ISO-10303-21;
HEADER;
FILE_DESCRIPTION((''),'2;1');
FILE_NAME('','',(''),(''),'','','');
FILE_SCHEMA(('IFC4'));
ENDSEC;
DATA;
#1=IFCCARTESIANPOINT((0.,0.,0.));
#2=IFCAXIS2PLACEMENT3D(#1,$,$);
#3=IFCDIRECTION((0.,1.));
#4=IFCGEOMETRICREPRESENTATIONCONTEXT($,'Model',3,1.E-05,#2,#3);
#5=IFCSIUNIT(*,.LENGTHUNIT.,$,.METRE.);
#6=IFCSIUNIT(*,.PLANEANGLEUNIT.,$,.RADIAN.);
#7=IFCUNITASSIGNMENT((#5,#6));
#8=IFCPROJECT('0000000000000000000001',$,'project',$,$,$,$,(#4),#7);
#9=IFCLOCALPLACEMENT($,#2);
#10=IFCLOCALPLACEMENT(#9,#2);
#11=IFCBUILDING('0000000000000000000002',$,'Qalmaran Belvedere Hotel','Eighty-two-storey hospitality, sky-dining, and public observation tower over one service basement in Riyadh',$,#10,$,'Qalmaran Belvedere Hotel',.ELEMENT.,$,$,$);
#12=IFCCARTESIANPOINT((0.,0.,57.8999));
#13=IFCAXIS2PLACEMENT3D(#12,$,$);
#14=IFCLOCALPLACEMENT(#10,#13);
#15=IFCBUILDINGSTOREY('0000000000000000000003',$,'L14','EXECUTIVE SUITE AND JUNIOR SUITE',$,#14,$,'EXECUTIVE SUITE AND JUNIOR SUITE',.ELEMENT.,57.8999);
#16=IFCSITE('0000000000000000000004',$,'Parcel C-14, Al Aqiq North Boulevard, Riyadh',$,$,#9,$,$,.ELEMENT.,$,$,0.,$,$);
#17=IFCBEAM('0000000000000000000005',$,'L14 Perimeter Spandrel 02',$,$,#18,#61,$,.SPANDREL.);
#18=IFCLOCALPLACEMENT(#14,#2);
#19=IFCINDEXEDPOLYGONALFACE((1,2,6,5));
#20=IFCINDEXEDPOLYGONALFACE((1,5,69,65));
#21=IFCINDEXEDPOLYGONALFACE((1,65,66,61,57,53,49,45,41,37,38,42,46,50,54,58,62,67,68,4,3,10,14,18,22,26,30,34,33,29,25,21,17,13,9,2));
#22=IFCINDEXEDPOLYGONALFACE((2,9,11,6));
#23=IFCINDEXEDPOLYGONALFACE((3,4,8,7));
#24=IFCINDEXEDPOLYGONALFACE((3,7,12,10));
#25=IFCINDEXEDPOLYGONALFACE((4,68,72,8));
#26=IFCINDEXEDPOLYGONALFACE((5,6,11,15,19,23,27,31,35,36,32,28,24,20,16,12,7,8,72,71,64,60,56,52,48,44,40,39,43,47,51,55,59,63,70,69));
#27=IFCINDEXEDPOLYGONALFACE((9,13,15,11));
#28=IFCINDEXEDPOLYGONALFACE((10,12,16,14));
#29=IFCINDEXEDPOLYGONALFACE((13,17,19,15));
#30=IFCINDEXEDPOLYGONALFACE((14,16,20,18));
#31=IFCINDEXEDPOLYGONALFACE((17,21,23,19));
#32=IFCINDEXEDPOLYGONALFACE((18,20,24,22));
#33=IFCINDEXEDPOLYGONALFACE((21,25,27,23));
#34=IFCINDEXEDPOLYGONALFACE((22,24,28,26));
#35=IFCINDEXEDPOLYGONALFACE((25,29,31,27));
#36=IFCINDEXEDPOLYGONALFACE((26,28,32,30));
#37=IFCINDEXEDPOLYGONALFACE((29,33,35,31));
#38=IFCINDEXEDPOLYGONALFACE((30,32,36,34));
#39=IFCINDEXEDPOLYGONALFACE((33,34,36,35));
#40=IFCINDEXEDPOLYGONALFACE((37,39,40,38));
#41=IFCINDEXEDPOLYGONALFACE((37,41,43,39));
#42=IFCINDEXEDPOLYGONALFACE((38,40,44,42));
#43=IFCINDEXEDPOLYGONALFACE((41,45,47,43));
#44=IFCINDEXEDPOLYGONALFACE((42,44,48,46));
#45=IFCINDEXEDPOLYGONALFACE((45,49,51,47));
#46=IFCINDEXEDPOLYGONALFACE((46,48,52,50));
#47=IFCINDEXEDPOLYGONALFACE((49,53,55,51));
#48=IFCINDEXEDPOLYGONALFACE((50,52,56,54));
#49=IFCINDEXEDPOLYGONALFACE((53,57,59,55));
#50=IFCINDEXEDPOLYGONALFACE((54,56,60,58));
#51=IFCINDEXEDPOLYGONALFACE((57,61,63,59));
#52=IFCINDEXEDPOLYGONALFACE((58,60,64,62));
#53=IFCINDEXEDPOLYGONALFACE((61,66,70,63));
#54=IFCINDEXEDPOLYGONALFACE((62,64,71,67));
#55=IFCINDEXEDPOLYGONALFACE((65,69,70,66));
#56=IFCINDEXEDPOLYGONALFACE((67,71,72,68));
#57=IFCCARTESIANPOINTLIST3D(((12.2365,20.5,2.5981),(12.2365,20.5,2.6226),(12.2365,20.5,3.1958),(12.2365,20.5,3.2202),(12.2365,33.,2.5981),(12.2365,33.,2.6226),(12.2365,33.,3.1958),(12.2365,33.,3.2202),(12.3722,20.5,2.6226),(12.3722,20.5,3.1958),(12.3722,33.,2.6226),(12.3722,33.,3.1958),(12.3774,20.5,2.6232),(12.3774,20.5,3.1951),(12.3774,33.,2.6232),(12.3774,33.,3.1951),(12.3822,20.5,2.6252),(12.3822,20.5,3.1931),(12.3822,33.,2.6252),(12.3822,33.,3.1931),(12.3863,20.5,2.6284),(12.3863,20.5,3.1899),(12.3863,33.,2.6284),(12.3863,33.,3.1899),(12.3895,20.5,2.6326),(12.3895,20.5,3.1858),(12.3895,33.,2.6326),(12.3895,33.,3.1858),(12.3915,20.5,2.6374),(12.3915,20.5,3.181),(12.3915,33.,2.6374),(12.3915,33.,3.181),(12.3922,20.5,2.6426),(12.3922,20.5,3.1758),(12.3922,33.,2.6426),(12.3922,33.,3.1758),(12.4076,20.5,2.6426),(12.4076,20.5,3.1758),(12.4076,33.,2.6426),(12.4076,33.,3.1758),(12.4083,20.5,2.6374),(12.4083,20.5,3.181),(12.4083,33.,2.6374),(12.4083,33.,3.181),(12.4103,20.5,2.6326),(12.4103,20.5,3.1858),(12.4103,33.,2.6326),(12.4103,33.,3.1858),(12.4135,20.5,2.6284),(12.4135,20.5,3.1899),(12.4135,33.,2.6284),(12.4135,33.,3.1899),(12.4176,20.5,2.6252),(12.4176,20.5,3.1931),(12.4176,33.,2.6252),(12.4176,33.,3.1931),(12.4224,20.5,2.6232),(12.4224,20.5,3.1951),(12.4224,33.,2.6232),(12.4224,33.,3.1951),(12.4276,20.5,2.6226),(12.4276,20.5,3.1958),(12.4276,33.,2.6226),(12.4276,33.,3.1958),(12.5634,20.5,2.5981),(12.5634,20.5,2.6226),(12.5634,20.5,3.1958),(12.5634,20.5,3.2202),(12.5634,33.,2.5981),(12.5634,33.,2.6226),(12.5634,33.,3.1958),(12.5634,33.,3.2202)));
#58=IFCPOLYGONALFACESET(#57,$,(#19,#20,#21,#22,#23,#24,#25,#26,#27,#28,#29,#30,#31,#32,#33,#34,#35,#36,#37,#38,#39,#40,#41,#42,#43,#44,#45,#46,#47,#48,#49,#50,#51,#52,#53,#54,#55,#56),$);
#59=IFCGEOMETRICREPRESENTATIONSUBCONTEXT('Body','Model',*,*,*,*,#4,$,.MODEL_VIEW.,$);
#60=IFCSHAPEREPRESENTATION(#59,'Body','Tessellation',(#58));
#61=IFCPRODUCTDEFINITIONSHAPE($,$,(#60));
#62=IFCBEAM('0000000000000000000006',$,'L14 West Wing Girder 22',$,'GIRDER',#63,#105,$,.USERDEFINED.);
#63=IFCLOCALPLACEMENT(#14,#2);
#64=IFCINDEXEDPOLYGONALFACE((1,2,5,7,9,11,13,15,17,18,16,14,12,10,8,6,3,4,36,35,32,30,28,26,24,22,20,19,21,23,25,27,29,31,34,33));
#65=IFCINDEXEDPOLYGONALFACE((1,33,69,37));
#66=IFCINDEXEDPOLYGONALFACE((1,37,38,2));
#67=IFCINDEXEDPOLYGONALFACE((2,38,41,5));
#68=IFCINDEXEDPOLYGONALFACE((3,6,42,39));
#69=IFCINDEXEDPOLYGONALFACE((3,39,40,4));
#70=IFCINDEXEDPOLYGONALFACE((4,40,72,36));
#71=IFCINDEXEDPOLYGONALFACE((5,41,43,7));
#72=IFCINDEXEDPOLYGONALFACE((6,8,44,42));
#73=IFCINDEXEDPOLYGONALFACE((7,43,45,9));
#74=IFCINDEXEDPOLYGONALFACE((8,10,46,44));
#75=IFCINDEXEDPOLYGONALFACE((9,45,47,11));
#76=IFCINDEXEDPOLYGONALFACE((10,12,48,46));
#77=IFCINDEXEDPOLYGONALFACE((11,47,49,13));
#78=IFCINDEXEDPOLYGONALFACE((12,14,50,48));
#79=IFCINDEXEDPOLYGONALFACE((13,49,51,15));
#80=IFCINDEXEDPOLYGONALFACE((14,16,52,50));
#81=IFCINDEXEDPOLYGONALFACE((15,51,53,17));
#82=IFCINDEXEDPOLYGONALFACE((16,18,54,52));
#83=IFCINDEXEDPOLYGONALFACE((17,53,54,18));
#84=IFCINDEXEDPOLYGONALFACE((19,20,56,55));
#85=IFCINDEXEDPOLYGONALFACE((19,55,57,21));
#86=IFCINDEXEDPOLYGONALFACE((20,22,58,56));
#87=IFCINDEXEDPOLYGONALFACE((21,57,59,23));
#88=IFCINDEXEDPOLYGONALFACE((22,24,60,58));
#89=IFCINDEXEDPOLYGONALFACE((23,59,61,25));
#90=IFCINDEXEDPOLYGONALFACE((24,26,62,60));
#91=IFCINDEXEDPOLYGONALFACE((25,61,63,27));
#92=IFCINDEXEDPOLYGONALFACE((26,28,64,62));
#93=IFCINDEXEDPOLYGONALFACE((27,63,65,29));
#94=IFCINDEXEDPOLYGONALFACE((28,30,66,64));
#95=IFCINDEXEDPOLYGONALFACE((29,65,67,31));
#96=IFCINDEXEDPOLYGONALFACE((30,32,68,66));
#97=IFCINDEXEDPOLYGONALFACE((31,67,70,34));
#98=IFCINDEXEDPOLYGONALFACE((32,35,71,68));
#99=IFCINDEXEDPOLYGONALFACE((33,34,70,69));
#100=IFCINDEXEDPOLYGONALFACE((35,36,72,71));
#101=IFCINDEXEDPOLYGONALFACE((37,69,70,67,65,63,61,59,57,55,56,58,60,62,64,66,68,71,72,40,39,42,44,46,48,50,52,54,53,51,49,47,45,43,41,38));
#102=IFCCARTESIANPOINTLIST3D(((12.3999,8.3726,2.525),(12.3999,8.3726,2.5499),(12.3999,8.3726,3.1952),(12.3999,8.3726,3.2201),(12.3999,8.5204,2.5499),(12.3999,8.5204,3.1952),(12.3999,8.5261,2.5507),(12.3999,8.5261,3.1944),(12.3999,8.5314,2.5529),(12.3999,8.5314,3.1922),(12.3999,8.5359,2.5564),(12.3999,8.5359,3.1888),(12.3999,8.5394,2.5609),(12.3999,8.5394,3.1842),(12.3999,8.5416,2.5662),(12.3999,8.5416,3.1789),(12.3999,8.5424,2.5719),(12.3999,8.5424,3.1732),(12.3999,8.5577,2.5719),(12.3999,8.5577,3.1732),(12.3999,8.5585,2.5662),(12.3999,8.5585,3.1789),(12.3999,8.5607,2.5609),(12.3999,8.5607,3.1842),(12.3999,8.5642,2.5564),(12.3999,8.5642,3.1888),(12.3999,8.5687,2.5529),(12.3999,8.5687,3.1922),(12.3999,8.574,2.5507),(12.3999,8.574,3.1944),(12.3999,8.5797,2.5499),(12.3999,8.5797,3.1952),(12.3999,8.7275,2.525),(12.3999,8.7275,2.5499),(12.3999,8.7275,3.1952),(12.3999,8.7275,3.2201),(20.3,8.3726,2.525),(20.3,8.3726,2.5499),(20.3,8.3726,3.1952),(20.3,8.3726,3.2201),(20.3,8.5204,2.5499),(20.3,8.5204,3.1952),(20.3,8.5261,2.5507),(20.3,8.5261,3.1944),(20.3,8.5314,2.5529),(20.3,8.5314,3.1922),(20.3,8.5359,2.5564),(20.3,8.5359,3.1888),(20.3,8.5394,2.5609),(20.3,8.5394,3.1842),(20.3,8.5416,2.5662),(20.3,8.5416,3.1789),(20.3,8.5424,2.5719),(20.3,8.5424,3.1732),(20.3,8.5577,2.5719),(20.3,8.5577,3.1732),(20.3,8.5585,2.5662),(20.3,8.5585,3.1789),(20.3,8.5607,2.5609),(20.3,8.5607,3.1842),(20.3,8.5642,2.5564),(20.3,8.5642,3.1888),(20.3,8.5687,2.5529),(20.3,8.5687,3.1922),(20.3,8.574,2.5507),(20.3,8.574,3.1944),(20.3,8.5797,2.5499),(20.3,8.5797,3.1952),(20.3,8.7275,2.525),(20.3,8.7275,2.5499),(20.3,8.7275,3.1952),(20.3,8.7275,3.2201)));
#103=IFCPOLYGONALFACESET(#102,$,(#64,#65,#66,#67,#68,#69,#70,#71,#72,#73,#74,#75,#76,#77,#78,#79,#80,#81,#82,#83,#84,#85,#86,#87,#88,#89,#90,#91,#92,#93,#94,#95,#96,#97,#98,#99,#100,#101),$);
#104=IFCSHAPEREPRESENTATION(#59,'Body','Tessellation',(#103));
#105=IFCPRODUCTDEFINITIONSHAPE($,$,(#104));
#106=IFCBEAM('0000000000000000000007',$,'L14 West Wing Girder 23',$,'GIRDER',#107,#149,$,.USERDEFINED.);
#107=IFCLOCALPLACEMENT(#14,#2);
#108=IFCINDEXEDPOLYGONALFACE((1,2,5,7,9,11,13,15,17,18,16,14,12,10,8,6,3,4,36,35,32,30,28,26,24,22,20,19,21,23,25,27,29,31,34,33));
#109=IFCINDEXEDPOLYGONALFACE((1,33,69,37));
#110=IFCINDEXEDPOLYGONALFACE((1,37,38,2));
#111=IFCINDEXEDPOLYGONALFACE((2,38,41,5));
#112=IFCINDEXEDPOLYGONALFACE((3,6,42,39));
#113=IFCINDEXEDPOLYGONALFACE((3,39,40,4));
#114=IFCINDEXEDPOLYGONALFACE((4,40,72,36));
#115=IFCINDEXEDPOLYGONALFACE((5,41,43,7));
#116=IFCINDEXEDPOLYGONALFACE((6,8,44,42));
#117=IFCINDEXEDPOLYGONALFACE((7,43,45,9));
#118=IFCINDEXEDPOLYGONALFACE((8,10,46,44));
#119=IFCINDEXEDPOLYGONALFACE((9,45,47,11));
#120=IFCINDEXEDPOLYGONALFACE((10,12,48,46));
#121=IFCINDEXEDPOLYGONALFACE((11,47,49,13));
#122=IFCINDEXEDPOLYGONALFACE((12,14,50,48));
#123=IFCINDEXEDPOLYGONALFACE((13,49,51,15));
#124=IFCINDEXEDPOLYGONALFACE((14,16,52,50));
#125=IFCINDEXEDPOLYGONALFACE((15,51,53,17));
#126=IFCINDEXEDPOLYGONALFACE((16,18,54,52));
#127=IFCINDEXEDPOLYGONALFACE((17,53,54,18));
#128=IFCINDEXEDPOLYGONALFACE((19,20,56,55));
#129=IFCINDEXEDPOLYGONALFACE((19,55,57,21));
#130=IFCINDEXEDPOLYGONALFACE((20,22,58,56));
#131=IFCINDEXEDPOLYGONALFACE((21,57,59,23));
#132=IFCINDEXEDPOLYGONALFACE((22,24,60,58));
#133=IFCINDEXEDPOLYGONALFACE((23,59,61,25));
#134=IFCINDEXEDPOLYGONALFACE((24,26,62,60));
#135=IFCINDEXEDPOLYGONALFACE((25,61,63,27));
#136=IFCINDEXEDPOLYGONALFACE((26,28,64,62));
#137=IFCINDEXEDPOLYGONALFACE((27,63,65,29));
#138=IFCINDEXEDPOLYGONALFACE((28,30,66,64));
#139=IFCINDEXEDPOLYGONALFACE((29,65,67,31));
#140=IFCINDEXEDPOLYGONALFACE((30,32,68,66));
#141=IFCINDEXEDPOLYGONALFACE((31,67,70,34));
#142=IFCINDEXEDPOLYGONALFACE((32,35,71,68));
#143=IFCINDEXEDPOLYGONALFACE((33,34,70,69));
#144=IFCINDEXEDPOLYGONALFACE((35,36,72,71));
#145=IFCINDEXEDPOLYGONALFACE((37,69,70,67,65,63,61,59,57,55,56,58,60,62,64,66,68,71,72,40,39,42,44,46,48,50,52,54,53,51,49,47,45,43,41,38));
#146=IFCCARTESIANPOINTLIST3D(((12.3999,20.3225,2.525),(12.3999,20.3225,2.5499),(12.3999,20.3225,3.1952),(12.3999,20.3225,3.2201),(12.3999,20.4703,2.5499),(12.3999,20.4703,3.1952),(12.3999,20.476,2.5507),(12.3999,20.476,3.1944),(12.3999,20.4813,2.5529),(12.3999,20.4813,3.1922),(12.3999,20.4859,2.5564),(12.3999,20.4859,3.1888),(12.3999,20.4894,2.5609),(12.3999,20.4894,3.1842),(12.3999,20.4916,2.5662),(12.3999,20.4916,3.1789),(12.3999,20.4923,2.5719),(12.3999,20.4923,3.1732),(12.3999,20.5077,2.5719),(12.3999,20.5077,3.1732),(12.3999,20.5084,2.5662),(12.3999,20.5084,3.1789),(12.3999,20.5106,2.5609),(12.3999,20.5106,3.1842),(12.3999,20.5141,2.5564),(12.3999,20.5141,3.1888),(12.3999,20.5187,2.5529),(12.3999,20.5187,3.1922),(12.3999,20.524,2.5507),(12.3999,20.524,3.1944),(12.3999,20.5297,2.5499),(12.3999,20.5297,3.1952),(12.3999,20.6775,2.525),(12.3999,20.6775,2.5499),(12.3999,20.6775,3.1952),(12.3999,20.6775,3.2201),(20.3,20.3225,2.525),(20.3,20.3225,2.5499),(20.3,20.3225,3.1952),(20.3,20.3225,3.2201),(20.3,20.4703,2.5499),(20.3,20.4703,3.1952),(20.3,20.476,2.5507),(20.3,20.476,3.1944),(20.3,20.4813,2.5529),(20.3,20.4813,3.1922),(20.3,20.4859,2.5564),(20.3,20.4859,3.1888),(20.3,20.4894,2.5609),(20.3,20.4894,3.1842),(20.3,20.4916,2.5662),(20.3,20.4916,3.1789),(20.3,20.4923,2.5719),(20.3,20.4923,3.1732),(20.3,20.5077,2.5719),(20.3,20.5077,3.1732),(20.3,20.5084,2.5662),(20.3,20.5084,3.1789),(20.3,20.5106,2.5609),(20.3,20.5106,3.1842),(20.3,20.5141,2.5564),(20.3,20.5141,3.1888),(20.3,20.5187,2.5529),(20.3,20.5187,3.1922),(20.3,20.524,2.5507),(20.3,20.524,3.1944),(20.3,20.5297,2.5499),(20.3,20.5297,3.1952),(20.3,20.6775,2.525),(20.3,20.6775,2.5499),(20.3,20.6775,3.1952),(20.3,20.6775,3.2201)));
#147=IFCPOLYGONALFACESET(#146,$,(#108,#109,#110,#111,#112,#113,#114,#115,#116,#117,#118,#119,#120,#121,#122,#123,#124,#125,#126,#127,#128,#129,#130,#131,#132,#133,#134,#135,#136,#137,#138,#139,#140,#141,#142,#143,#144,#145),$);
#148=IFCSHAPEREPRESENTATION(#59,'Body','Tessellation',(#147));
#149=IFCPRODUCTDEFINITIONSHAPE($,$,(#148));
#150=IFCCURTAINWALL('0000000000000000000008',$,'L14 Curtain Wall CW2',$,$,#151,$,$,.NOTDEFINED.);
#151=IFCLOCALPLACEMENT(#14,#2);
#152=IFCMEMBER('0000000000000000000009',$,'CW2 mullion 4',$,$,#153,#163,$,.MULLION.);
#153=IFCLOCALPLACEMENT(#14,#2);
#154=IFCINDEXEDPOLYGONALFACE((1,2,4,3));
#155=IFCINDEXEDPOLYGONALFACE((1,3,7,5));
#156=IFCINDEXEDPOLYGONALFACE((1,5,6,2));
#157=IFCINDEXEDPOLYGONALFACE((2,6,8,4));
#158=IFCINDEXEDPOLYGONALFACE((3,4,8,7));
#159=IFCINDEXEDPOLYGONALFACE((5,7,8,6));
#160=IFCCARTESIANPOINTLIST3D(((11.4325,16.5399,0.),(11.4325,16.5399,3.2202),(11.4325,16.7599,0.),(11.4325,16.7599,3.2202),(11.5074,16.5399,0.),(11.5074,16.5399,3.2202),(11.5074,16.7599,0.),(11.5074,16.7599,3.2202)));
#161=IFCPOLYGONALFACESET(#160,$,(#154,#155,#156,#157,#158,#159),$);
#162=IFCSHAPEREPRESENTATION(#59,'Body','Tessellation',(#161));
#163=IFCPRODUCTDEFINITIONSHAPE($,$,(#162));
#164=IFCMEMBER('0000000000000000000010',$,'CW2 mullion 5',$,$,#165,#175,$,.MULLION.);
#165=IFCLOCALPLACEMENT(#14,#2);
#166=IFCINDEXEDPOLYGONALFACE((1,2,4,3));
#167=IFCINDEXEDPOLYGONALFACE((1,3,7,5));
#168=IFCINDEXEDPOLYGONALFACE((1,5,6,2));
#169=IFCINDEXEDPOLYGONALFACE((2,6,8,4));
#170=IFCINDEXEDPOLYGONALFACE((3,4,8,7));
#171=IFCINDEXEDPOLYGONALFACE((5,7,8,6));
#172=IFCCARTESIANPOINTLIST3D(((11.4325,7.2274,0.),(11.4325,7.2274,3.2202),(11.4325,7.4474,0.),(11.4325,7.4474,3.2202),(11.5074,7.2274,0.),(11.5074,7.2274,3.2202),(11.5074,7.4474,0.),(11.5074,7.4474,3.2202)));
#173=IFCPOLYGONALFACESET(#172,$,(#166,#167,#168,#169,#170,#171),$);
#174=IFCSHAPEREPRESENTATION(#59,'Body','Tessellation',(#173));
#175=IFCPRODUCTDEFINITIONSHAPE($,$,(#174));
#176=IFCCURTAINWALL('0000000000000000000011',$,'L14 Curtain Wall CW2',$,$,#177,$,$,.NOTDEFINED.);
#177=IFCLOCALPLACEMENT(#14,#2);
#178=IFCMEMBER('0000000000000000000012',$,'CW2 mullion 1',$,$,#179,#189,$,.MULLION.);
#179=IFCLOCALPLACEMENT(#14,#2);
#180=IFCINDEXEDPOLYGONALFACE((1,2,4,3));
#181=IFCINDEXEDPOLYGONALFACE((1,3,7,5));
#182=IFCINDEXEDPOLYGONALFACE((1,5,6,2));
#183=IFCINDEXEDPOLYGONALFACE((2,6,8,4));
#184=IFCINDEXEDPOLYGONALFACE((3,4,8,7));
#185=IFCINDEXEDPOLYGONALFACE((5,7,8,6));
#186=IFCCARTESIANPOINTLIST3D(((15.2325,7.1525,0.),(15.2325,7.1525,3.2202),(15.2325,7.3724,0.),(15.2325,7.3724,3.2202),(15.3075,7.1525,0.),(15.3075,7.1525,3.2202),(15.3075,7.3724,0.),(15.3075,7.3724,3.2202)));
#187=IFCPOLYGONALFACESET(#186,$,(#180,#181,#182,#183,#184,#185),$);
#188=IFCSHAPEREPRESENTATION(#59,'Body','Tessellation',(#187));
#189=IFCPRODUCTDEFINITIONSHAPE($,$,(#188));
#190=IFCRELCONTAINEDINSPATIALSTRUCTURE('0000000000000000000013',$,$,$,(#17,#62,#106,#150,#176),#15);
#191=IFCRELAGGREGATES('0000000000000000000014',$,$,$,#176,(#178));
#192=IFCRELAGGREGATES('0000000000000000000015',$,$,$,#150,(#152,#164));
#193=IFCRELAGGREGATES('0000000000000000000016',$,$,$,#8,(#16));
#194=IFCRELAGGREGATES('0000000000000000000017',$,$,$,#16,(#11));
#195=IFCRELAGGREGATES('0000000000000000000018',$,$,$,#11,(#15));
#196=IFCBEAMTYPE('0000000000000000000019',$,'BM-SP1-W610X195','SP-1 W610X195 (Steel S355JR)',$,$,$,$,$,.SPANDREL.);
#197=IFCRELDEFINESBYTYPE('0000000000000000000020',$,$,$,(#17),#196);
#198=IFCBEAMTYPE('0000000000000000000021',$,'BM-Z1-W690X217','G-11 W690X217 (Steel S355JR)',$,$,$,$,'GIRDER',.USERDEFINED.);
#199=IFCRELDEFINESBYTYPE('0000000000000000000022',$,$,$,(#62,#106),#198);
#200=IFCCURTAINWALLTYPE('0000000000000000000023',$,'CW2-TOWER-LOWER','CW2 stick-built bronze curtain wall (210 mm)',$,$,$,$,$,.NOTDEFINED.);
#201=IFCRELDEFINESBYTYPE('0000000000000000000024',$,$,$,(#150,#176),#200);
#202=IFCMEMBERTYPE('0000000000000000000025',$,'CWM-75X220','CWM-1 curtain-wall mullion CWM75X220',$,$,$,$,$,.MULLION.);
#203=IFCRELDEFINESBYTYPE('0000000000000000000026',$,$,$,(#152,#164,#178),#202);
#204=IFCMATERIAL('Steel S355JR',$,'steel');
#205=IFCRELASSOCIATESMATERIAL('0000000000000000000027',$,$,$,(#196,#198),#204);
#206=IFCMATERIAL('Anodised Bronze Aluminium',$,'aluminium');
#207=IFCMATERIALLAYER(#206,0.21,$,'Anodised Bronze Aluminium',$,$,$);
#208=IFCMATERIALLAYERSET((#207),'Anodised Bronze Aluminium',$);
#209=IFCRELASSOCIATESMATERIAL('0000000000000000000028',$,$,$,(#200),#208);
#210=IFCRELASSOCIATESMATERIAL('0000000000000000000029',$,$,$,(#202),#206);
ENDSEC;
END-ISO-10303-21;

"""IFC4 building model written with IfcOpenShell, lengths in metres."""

from ifc_helpers import new_model, si_unit, direction, frame, origin, origin_2d, place, context, subcontext, project, spatial, rectangle, i_section, extrude, material, layer, layer_set, material_profile, profile_set, type_object, element, aggregate, save


model = new_model("IFC4")

# Units and contexts
model_context = context("Model", 3, precision=1e-05, world=origin(), true_north=direction((0.0, 1.0)))
body_context = subcontext(model_context, "Body", "Model", "MODEL_VIEW")
ifc_project = project(units=[si_unit("LENGTHUNIT", "METRE"), si_unit("PLANEANGLEUNIT", "RADIAN")], contexts=[model_context])

# Site, building, storey
site_placement = place(None, origin())
site = spatial("IfcSite", under=ifc_project, at=site_placement, Name="Parcel C-14, Al Aqiq North Boulevard, Riyadh", CompositionType="ELEMENT", RefElevation=0.0)
building_placement = place(site_placement, origin())
building = spatial("IfcBuilding", under=site, at=building_placement, Name="Qalmaran Belvedere Hotel", Description="Eighty-two-storey hospitality, sky-dining, and public observation tower over one service basement in Riyadh", LongName="Qalmaran Belvedere Hotel", CompositionType="ELEMENT")
storey_placement = place(building_placement, frame((0.0, 0.0, 57.8999)))
storey = spatial("IfcBuildingStorey", under=building, at=storey_placement, Name="L14", Description="EXECUTIVE SUITE AND JUNIOR SUITE", LongName="EXECUTIVE SUITE AND JUNIOR SUITE", CompositionType="ELEMENT", Elevation=57.8999)

# Beams
ifc_material_1 = material(Name="Steel S355JR", Category="steel")
ifc_material_profile_1 = material_profile(ifc_material_1, i_section(OverallWidth=0.3269, OverallDepth=0.6221, WebThickness=0.0154, FlangeThickness=0.0244, FilletRadius=0.02, at=origin_2d()), Name="W610X195")
ifc_profile_set_1 = profile_set([ifc_material_profile_1], Name="Steel S355JR")
beam_type_1 = type_object("IfcBeamType", Name="BM-SP1-W610X195", Description="SP-1 W610X195 (Steel S355JR)", PredefinedType="SPANDREL", material=ifc_profile_set_1)
beam_1_placement = place(storey_placement, frame((12.3999, 20.5, 2.9092), z_axis=(0.0, 1.0, 0.0), x_axis=(-1.0, 0.0, 0.0)))
element("IfcBeam", 1, at=beam_1_placement, inside=storey, type_object=beam_type_1, Name="L14 Perimeter Spandrel 02", PredefinedType="SPANDREL", context=body_context, shape_type="SweptSolid", body=[
    extrude(i_section(OverallWidth=0.3269, OverallDepth=0.6221, WebThickness=0.0154, FlangeThickness=0.0244, FilletRadius=0.02, at=origin_2d()), origin(), (0.0, 0.0, 1.0), 12.5),
])
ifc_material_profile_2 = material_profile(ifc_material_1, i_section(OverallWidth=0.355, OverallDepth=0.6951, WebThickness=0.0154, FlangeThickness=0.0249, FilletRadius=0.022, at=origin_2d()), Name="W690X217")
ifc_profile_set_2 = profile_set([ifc_material_profile_2], Name="Steel S355JR")
beam_type_2 = type_object("IfcBeamType", Name="BM-Z1-W690X217", Description="G-11 W690X217 (Steel S355JR)", ElementType="GIRDER", PredefinedType="USERDEFINED", material=ifc_profile_set_2)
for number, where, z_axis, x_axis, name in (
    (2, (12.3999, 8.55, 2.8726), (1.0, 0.0, 0.0), (0.0, 1.0, 0.0), "L14 West Wing Girder 22"),
    (3, (12.3999, 20.5, 2.8726), (1.0, 0.0, 0.0), (0.0, 1.0, 0.0), "L14 West Wing Girder 23"),
):
    element("IfcBeam", number, at=place(storey_placement, frame(where, z_axis=z_axis, x_axis=x_axis)), inside=storey, type_object=beam_type_2, Name=name, ObjectType="GIRDER", PredefinedType="USERDEFINED", context=body_context, shape_type="SweptSolid", body=[
        extrude(i_section(OverallWidth=0.355, OverallDepth=0.6951, WebThickness=0.0154, FlangeThickness=0.0249, FilletRadius=0.022, at=origin_2d()), origin(), (0.0, 0.0, 1.0), 7.9001),
    ])

# Curtain wall, members
ifc_material_2 = material(Name="Anodised Bronze Aluminium", Category="aluminium")
ifc_layer_1 = layer(ifc_material_2, 0.21, Name="Anodised Bronze Aluminium")
ifc_layer_set_1 = layer_set([ifc_layer_1], Name="Anodised Bronze Aluminium")
curtain_wall_type = type_object("IfcCurtainWallType", Name="CW2-TOWER-LOWER", Description="CW2 stick-built bronze curtain wall (210 mm)", PredefinedType="NOTDEFINED", material=ifc_layer_set_1)
curtain_wall_1_placement = place(storey_placement, origin())
curtain_wall_1 = element("IfcCurtainWall", 4, at=curtain_wall_1_placement, inside=storey, type_object=curtain_wall_type, Name="L14 Curtain Wall CW2", PredefinedType="NOTDEFINED")
ifc_material_profile_3 = material_profile(ifc_material_2, rectangle(XDim=0.075, YDim=0.22, at=origin_2d()), Name="CWM75X220")
ifc_profile_set_3 = profile_set([ifc_material_profile_3], Name="Anodised Bronze Aluminium")
member_type_1 = type_object("IfcMemberType", Name="CWM-75X220", Description="CWM-1 curtain-wall mullion CWM75X220", PredefinedType="MULLION", material=ifc_profile_set_3)
member_1_placement = place(storey_placement, frame((11.47, 16.6499, 0.0), z_axis=(0.0, 0.0, 1.0), x_axis=(1.0, 0.0, 0.0)))
member_1 = element("IfcMember", 5, at=member_1_placement, type_object=member_type_1, Name="CW2 mullion 4", PredefinedType="MULLION", context=body_context, shape_type="SweptSolid", body=[
    extrude(rectangle(XDim=0.075, YDim=0.22, at=origin_2d()), origin(), (0.0, 0.0, 1.0), 3.2202),
])
member_2_placement = place(storey_placement, frame((11.47, 7.3374, 0.0), z_axis=(0.0, 0.0, 1.0), x_axis=(1.0, 0.0, 0.0)))
member_2 = element("IfcMember", 6, at=member_2_placement, type_object=member_type_1, Name="CW2 mullion 5", PredefinedType="MULLION", context=body_context, shape_type="SweptSolid", body=[
    extrude(rectangle(XDim=0.075, YDim=0.22, at=origin_2d()), origin(), (0.0, 0.0, 1.0), 3.2202),
])

# Curtain wall, member
curtain_wall_2_placement = place(storey_placement, origin())
curtain_wall_2 = element("IfcCurtainWall", 7, at=curtain_wall_2_placement, inside=storey, type_object=curtain_wall_type, Name="L14 Curtain Wall CW2", PredefinedType="NOTDEFINED")
member_3_placement = place(storey_placement, frame((15.27, 7.2625, 0.0), z_axis=(0.0, 0.0, 1.0), x_axis=(1.0, 0.0, 0.0)))
member_3 = element("IfcMember", 8, at=member_3_placement, type_object=member_type_1, Name="CW2 mullion 1", PredefinedType="MULLION", context=body_context, shape_type="SweptSolid", body=[
    extrude(rectangle(XDim=0.075, YDim=0.22, at=origin_2d()), origin(), (0.0, 0.0, 1.0), 3.2202),
])

aggregate(curtain_wall_2, [member_3])

aggregate(curtain_wall_1, [member_1, member_2])

save(model, "model.ifc")
